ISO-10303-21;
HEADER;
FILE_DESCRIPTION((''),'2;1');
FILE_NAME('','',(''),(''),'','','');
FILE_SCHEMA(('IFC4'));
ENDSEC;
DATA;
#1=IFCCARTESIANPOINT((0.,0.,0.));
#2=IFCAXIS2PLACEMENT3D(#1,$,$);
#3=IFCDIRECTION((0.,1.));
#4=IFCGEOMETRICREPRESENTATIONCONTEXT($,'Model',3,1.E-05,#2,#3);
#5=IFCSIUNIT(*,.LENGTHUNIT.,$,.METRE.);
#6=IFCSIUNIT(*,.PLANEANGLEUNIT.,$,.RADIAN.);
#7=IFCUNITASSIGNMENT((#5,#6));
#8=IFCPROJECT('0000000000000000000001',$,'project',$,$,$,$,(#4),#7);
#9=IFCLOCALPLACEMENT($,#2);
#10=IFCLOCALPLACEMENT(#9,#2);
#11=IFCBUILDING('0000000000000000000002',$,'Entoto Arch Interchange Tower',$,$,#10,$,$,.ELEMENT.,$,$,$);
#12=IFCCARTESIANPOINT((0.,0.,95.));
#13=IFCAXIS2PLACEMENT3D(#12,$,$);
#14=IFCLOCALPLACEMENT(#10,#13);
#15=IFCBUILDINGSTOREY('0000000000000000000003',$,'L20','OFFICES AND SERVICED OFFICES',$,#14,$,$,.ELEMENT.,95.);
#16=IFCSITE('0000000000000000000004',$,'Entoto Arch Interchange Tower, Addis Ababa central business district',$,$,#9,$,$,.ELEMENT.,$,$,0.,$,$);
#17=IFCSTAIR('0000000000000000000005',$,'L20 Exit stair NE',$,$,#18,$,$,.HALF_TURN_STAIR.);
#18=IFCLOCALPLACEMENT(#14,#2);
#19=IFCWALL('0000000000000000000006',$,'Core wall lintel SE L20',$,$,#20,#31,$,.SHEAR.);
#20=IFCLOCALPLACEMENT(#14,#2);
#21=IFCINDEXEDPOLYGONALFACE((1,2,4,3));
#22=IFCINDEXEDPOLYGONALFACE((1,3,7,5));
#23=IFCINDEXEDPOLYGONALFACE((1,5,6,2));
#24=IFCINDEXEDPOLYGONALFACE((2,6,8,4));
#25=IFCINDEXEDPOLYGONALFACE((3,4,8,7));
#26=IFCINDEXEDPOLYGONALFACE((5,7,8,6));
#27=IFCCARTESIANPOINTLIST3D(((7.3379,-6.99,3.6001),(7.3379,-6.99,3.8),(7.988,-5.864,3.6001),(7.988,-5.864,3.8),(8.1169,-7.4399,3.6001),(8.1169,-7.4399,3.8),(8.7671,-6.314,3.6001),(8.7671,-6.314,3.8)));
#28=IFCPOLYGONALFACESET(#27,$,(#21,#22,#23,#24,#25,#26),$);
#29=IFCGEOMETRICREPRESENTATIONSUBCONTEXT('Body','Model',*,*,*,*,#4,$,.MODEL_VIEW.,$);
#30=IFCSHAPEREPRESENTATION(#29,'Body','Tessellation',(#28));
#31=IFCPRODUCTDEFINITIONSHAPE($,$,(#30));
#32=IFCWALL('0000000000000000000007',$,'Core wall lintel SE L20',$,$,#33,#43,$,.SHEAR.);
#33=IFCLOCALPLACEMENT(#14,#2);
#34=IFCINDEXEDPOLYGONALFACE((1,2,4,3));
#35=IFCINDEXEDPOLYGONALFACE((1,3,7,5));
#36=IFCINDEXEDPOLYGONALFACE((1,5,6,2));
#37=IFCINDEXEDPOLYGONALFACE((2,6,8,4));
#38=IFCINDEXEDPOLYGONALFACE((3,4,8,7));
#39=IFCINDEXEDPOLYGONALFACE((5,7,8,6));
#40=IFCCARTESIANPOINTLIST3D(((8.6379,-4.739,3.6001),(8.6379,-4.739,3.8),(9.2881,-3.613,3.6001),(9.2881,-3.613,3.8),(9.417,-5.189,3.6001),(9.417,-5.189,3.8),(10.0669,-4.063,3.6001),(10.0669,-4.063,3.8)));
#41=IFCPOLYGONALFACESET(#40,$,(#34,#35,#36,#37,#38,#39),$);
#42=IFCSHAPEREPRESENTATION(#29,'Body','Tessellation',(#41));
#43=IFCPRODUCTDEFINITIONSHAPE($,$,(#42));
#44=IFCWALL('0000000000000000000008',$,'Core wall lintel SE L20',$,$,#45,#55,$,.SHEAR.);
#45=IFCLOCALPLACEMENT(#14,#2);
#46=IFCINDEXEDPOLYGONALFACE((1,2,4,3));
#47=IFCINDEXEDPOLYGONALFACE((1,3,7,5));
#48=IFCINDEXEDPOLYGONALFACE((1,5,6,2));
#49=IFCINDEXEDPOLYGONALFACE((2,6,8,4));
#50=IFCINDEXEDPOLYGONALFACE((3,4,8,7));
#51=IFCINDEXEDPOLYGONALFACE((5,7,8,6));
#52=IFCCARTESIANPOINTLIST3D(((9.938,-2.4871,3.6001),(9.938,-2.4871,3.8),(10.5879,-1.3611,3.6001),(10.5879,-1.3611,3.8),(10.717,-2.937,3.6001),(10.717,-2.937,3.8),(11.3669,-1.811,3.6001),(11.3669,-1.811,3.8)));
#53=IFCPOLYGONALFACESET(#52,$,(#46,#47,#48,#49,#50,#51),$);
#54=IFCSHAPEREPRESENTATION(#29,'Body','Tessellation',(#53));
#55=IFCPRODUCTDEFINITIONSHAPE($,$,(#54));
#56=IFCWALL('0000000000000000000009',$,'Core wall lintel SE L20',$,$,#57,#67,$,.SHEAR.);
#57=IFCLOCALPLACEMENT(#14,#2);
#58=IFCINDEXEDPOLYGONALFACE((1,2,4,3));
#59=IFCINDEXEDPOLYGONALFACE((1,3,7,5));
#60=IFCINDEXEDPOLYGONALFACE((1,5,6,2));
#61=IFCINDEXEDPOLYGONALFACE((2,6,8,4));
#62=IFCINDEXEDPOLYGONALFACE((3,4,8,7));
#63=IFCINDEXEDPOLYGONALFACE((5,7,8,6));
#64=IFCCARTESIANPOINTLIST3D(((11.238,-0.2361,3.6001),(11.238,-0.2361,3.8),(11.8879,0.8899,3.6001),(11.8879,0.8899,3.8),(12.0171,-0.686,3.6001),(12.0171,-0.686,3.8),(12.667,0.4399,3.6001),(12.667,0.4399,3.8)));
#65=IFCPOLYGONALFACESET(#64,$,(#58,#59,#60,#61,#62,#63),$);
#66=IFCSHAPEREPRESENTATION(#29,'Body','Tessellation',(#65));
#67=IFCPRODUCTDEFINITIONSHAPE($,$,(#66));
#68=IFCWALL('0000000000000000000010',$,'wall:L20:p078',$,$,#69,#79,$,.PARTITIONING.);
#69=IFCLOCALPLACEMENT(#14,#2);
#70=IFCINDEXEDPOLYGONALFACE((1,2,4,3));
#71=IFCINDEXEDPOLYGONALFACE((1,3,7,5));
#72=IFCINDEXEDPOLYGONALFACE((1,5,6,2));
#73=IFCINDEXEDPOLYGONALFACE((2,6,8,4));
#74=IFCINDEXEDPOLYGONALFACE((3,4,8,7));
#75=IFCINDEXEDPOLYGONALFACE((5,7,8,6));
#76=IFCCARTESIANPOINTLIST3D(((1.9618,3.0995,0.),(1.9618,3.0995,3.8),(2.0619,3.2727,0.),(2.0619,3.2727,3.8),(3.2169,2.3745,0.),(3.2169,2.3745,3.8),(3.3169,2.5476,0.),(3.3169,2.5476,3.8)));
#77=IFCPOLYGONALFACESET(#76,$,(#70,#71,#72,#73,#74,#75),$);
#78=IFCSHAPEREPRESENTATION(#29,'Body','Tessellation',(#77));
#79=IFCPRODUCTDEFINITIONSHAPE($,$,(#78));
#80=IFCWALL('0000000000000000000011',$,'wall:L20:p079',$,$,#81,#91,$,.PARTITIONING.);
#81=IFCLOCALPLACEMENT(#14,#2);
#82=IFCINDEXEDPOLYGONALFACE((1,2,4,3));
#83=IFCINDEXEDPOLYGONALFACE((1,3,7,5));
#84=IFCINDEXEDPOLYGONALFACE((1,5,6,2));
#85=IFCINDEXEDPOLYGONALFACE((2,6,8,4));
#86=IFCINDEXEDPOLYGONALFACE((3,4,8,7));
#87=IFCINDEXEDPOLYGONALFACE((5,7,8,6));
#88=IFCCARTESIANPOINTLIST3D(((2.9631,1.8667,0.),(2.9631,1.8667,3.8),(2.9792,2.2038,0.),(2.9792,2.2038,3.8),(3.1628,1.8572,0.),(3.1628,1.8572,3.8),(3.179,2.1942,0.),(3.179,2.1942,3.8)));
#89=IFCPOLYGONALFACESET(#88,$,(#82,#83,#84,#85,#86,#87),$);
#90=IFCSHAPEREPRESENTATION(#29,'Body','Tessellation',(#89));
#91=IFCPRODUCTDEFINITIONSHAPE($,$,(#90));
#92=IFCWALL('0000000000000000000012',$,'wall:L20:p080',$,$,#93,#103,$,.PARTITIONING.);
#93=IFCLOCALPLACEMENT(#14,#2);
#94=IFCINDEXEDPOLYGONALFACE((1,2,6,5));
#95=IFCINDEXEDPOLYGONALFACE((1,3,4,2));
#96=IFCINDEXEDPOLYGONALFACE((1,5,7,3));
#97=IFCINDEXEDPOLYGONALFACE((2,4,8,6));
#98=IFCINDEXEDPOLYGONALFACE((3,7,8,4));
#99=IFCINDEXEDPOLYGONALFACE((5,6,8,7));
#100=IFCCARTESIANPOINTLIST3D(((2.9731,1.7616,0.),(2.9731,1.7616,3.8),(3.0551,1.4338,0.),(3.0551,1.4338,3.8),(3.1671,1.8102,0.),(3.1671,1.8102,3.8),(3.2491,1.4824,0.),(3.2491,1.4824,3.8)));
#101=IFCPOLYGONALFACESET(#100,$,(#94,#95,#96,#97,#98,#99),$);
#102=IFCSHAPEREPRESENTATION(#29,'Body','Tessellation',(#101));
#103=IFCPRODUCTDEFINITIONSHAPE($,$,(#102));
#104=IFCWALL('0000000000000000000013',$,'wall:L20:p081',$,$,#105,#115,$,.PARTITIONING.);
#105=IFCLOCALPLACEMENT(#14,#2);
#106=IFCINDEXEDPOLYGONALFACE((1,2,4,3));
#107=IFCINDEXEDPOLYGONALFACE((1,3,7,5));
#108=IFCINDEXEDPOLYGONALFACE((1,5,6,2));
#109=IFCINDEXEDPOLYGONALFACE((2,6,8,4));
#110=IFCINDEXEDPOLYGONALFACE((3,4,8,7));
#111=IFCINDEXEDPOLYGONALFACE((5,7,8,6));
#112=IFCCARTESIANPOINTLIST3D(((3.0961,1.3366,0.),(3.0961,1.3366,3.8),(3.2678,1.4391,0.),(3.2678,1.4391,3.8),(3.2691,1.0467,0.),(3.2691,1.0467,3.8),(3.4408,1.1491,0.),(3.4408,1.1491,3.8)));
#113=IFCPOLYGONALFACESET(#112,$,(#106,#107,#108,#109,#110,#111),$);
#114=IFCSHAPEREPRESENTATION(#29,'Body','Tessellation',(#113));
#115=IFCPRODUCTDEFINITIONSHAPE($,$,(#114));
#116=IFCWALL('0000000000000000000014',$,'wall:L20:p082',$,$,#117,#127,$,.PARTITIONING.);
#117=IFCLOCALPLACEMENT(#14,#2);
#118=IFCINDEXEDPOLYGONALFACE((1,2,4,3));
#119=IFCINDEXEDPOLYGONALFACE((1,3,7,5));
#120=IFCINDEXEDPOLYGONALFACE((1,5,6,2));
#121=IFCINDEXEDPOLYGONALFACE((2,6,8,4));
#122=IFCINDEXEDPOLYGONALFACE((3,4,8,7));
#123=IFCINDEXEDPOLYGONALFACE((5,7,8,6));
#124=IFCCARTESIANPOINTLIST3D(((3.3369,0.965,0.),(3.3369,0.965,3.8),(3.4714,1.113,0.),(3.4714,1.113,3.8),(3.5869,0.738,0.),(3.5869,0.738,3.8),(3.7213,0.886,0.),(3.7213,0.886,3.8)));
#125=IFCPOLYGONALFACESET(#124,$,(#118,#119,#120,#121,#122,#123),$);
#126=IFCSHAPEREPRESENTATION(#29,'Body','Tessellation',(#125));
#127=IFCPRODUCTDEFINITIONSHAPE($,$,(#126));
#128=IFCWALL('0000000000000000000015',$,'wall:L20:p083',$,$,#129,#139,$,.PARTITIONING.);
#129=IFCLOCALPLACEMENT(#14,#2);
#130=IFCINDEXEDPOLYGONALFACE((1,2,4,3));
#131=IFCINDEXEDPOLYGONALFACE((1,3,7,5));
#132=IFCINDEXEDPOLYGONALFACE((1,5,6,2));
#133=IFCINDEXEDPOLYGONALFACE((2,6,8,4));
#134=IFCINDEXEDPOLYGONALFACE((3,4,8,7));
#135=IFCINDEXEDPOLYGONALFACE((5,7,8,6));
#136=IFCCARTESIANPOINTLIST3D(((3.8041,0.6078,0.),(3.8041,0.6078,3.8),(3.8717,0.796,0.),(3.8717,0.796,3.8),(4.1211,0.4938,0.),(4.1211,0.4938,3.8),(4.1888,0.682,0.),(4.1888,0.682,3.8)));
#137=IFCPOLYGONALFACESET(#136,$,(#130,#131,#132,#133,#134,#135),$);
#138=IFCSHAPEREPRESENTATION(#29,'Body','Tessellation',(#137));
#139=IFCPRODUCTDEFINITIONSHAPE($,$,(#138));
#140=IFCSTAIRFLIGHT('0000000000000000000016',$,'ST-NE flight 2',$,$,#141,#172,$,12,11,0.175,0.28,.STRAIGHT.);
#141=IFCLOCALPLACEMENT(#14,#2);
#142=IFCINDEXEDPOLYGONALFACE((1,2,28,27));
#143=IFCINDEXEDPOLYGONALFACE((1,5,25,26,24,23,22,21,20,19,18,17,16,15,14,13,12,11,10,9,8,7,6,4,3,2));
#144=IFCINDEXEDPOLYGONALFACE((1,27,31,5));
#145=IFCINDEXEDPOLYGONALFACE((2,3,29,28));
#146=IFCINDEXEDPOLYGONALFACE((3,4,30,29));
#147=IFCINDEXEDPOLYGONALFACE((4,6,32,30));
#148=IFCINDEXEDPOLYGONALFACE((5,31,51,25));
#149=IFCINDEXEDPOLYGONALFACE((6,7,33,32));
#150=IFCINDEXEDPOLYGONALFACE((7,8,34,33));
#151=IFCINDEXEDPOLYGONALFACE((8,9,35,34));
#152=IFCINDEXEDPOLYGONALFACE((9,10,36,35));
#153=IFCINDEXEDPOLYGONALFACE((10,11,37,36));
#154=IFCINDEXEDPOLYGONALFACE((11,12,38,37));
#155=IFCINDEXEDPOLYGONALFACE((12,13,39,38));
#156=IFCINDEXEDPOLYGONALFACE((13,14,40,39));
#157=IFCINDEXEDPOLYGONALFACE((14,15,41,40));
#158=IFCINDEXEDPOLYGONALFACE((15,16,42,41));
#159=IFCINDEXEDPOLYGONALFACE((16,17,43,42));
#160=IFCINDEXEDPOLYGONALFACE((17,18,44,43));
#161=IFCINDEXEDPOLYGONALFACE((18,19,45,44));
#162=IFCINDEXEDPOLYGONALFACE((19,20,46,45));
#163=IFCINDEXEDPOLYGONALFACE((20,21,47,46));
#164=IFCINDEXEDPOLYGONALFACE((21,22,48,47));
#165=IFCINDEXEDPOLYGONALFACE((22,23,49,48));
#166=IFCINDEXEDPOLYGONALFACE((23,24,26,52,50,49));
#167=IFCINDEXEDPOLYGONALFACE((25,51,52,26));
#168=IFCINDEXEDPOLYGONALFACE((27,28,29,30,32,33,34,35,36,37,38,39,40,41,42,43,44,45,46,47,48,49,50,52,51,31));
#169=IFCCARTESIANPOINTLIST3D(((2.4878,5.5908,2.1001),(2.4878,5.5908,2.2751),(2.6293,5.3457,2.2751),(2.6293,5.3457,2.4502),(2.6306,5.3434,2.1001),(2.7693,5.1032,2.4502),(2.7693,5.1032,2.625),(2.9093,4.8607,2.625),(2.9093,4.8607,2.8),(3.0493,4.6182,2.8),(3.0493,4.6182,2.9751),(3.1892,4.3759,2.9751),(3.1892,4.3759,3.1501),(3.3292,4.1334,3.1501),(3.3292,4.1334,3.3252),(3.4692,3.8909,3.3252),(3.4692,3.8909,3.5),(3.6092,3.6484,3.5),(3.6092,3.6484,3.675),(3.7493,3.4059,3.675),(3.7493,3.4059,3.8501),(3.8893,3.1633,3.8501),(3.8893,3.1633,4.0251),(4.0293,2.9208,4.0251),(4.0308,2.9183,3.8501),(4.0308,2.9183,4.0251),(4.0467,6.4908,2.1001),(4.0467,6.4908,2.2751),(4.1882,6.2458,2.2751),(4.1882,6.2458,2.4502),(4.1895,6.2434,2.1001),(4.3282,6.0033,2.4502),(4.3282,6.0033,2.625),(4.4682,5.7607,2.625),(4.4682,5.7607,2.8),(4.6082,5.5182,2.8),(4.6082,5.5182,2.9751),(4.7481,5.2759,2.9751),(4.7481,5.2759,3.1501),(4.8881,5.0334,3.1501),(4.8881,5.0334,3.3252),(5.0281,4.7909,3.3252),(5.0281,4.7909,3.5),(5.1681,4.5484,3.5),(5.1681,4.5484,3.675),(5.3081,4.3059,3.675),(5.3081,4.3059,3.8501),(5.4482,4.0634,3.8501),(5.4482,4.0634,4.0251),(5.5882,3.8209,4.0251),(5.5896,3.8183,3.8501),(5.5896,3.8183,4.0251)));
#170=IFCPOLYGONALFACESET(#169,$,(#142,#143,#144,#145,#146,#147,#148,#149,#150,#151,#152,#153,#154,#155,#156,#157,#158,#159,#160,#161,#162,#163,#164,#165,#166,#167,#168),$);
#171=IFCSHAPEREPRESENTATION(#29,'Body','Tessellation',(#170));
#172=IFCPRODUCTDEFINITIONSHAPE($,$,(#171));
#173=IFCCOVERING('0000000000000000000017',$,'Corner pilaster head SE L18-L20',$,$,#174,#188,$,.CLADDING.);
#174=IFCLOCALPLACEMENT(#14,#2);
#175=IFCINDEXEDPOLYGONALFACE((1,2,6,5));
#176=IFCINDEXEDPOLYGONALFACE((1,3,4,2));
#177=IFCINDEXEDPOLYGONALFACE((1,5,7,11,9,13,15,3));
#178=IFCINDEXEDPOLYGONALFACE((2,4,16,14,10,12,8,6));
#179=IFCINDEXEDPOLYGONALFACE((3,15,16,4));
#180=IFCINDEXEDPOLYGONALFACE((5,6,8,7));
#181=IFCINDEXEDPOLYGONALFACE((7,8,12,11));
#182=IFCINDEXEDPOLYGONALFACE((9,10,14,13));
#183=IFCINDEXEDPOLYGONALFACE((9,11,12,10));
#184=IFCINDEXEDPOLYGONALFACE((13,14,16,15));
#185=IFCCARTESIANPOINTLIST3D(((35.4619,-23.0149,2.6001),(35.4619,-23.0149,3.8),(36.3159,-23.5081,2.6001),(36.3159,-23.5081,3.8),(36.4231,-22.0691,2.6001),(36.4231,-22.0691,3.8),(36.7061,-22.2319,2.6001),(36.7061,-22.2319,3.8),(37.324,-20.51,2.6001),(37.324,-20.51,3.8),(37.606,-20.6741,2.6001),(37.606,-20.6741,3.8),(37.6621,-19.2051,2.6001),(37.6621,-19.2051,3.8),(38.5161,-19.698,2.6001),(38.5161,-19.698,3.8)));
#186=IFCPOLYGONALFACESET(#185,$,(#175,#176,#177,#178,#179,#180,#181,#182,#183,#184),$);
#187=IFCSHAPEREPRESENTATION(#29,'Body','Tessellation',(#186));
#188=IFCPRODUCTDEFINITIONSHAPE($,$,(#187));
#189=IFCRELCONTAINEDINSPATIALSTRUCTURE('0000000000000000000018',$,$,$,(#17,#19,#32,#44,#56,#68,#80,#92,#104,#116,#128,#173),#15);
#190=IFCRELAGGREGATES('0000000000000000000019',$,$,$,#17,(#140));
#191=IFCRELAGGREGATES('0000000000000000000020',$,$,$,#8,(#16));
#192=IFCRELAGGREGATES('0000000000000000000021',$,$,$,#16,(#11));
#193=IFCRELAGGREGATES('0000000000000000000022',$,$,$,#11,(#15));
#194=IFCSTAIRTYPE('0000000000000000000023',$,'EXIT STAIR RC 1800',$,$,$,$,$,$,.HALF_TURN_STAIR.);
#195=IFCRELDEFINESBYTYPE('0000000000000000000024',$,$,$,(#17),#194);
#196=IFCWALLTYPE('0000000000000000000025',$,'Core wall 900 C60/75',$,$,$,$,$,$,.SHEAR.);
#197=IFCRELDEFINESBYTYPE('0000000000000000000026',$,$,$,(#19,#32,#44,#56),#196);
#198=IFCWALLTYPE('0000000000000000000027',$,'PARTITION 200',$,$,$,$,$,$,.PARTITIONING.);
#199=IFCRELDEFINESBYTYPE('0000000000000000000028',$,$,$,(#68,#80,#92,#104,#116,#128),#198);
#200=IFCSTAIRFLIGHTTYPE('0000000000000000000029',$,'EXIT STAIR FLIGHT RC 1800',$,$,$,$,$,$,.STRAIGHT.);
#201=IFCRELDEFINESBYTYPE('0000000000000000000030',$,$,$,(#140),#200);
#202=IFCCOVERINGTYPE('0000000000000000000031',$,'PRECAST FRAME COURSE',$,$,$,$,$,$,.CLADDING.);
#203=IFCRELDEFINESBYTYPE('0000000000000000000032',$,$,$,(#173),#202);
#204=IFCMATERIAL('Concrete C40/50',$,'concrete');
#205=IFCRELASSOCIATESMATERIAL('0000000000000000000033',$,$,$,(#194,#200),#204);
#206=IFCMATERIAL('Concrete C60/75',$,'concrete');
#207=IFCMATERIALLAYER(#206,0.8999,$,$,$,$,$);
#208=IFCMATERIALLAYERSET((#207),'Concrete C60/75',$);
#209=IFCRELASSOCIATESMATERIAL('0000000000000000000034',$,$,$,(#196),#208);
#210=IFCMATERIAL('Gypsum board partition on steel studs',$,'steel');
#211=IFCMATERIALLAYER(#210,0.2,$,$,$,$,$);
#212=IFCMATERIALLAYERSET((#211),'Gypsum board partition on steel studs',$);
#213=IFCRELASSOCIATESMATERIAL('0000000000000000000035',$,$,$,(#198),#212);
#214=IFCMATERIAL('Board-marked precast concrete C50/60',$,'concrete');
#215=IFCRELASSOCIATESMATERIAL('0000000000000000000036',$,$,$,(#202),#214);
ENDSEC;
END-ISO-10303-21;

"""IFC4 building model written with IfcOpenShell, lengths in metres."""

from ifc_helpers import new_model, si_unit, direction, frame, frame_2d, origin, place, context, subcontext, project, spatial, polyline, rectangle, outline, extrude, material, layer, layer_set, type_object, element, aggregate, save


model = new_model("IFC4")

# Units and contexts
model_context = context("Model", 3, precision=1e-05, world=origin(), true_north=direction((0.0, 1.0)))
body_context = subcontext(model_context, "Body", "Model", "MODEL_VIEW")
ifc_project = project(units=[si_unit("LENGTHUNIT", "METRE"), si_unit("PLANEANGLEUNIT", "RADIAN")], contexts=[model_context])

# Site, building, storey
site_placement = place(None, origin())
site = spatial("IfcSite", under=ifc_project, at=site_placement, Name="Entoto Arch Interchange Tower, Addis Ababa central business district", CompositionType="ELEMENT", RefElevation=0.0)
building_placement = place(site_placement, origin())
building = spatial("IfcBuilding", under=site, at=building_placement, Name="Entoto Arch Interchange Tower", CompositionType="ELEMENT")
storey_placement = place(building_placement, frame((0.0, 0.0, 95.0)))
storey = spatial("IfcBuildingStorey", under=building, at=storey_placement, Name="L20", Description="OFFICES AND SERVICED OFFICES", CompositionType="ELEMENT", Elevation=95.0)

# Shared definitions
ifc_material_1 = material(Name="Board-marked precast concrete C50/60", Category="concrete")
ifc_material_2 = material(Name="Concrete C40/50", Category="concrete")

# Stair
stair_type = type_object("IfcStairType", Name="EXIT STAIR RC 1800", PredefinedType="HALF_TURN_STAIR", material=ifc_material_2)
stair_1_placement = place(storey_placement, origin())
stair_1 = element("IfcStair", 1, at=stair_1_placement, inside=storey, type_object=stair_type, Name="L20 Exit stair NE", PredefinedType="HALF_TURN_STAIR")

# Walls
ifc_material_3 = material(Name="Concrete C60/75", Category="concrete")
ifc_layer_1 = layer(ifc_material_3, 0.8999)
ifc_layer_set_1 = layer_set([ifc_layer_1], Name="Concrete C60/75")
wall_type_1 = type_object("IfcWallType", Name="Core wall 900 C60/75", PredefinedType="SHEAR", material=ifc_layer_set_1)
wall_1_placement = place(storey_placement, frame((0.0, 0.0, 3.6001)))
element("IfcWall", 2, at=wall_1_placement, inside=storey, type_object=wall_type_1, Name="Core wall lintel SE L20", PredefinedType="SHEAR", context=body_context, shape_type="SweptSolid", body=[
    extrude(outline(polyline([(8.7671, -6.314), (7.988, -5.864), (7.3379, -6.99), (8.1169, -7.4399), (8.7671, -6.314)])), origin(), (0.0, 0.0, 1.0), 0.2),
])
wall_2_placement = place(storey_placement, frame((0.0, 0.0, 3.6001)))
element("IfcWall", 3, at=wall_2_placement, inside=storey, type_object=wall_type_1, Name="Core wall lintel SE L20", PredefinedType="SHEAR", context=body_context, shape_type="SweptSolid", body=[
    extrude(outline(polyline([(10.0669, -4.063), (9.2881, -3.613), (8.6379, -4.739), (9.417, -5.189), (10.0669, -4.063)])), origin(), (0.0, 0.0, 1.0), 0.2),
])
wall_3_placement = place(storey_placement, frame((0.0, 0.0, 3.6001)))
element("IfcWall", 4, at=wall_3_placement, inside=storey, type_object=wall_type_1, Name="Core wall lintel SE L20", PredefinedType="SHEAR", context=body_context, shape_type="SweptSolid", body=[
    extrude(outline(polyline([(11.3669, -1.811), (10.5879, -1.3611), (9.938, -2.4871), (10.717, -2.937), (11.3669, -1.811)])), origin(), (0.0, 0.0, 1.0), 0.2),
])
wall_4_placement = place(storey_placement, frame((0.0, 0.0, 3.6001)))
element("IfcWall", 5, at=wall_4_placement, inside=storey, type_object=wall_type_1, Name="Core wall lintel SE L20", PredefinedType="SHEAR", context=body_context, shape_type="SweptSolid", body=[
    extrude(outline(polyline([(12.667, 0.4399), (11.8879, 0.8899), (11.238, -0.2361), (12.0171, -0.686), (12.667, 0.4399)])), origin(), (0.0, 0.0, 1.0), 0.2),
])
ifc_material_4 = material(Name="Gypsum board partition on steel studs", Category="steel")
ifc_layer_2 = layer(ifc_material_4, 0.2)
ifc_layer_set_2 = layer_set([ifc_layer_2], Name="Gypsum board partition on steel studs")
wall_type_2 = type_object("IfcWallType", Name="PARTITION 200", PredefinedType="PARTITIONING", material=ifc_layer_set_2)
wall_5_placement = place(storey_placement, frame((2.012, 3.186, 0.0), z_axis=(0.0, 0.0, 1.0), x_axis=(0.865891, -0.500233, 0.0)))
element("IfcWall", 6, at=wall_5_placement, inside=storey, type_object=wall_type_2, Name="wall:L20:p078", PredefinedType="PARTITIONING", context=body_context, shape_type="SweptSolid", body=[
    extrude(rectangle(XDim=1.4495, YDim=0.2, at=frame_2d((0.7246, 0.0))), origin(), (0.0, 0.0, 1.0), 3.8),
])
wall_6_placement = place(storey_placement, frame((3.0791, 2.199, 0.0), z_axis=(0.0, 0.0, 1.0), x_axis=(-0.047771, -0.998858, 0.0)))
element("IfcWall", 7, at=wall_6_placement, inside=storey, type_object=wall_type_2, Name="wall:L20:p079", PredefinedType="PARTITIONING", context=body_context, shape_type="SweptSolid", body=[
    extrude(rectangle(XDim=0.3374, YDim=0.2, at=frame_2d((0.1687, 0.0))), origin(), (0.0, 0.0, 1.0), 3.8),
])
wall_7_placement = place(storey_placement, frame((3.0701, 1.7859, 0.0), z_axis=(0.0, 0.0, 1.0), x_axis=(0.242706, -0.9701, 0.0)))
element("IfcWall", 8, at=wall_7_placement, inside=storey, type_object=wall_type_2, Name="wall:L20:p080", PredefinedType="PARTITIONING", context=body_context, shape_type="SweptSolid", body=[
    extrude(rectangle(XDim=0.3379, YDim=0.2, at=frame_2d((0.1689, 0.0))), origin(), (0.0, 0.0, 1.0), 3.8),
])
for number, where, z_axis, x_axis, name in (
    (9, (3.1819, 1.3879, 0.0), (0.0, 0.0, 1.0), (0.512475, -0.858702, 0.0), "wall:L20:p081"),
    (10, (3.4041, 1.0391, 0.0), (0.0, 0.0, 1.0), (0.740267, -0.672313, 0.0), "wall:L20:p082"),
):
    element("IfcWall", number, at=place(storey_placement, frame(where, z_axis=z_axis, x_axis=x_axis)), inside=storey, type_object=wall_type_2, Name=name, PredefinedType="PARTITIONING", context=body_context, shape_type="SweptSolid", body=[
        extrude(rectangle(XDim=0.3376, YDim=0.2, at=frame_2d((0.1689, 0.0))), origin(), (0.0, 0.0, 1.0), 3.8),
    ])
wall_8_placement = place(storey_placement, frame((3.8379, 0.7019, 0.0), z_axis=(0.0, 0.0, 1.0), x_axis=(0.941035, -0.338309, 0.0)))
element("IfcWall", 11, at=wall_8_placement, inside=storey, type_object=wall_type_2, Name="wall:L20:p083", PredefinedType="PARTITIONING", context=body_context, shape_type="SweptSolid", body=[
    extrude(rectangle(XDim=0.3369, YDim=0.2, at=frame_2d((0.1685, 0.0))), origin(), (0.0, 0.0, 1.0), 3.8),
])

# Stair flight
stair_flight_type = type_object("IfcStairFlightType", Name="EXIT STAIR FLIGHT RC 1800", PredefinedType="STRAIGHT", material=ifc_material_2)
stair_flight_placement = place(storey_placement, frame((3.2688, 6.0383, 2.1001), z_axis=(0.0, 0.0, 1.0), x_axis=(0.5, -0.866025, 0.0)))
stair_flight = element("IfcStairFlight", 12, at=stair_flight_placement, type_object=stair_flight_type, Name="ST-NE flight 2", NumberOfRisers=12, NumberOfTreads=11, PredefinedType="STRAIGHT", RiserHeight=0.175, TreadLength=0.28, context=body_context, shape_type="SweptSolid", body=[
    extrude(outline(polyline([(-0.0029, 0.0), (-0.0029, 0.175), (0.28, 0.175), (0.28, 0.3501), (0.5601, 0.3501), (0.5601, 0.5249), (0.8401, 0.5249), (0.8401, 0.7), (1.1201, 0.7), (1.1201, 0.875), (1.3999, 0.875), (1.3999, 1.05), (1.6799, 1.05), (1.6799, 1.2251), (1.96, 1.2251), (1.96, 1.3999), (2.24, 1.3999), (2.24, 1.575), (2.52, 1.575), (2.52, 1.75), (2.8, 1.75), (2.8, 1.925), (3.0801, 1.925), (3.083, 1.925), (3.083, 1.75), (0.2827, 0.0), (-0.0029, 0.0)])), frame((0.0, 0.8999, 0.0), z_axis=(0.0, -1.0, 0.0), x_axis=(1.0, 0.0, 0.0)), (0.0, 0.0, 1.0), 1.8),
])
aggregate(stair_1, [stair_flight])

# Covering
covering_type = type_object("IfcCoveringType", Name="PRECAST FRAME COURSE", PredefinedType="CLADDING", material=ifc_material_1)
covering_1_placement = place(storey_placement, frame((0.0, 0.0, 2.6001)))
element("IfcCovering", 13, at=covering_1_placement, inside=storey, type_object=covering_type, Name="Corner pilaster head SE L18-L20", PredefinedType="CLADDING", context=body_context, shape_type="SweptSolid", body=[
    extrude(outline(polyline([(38.5161, -19.698), (36.3159, -23.5081), (35.4619, -23.0149), (36.4231, -22.0691), (36.7061, -22.2319), (37.606, -20.6741), (37.324, -20.51), (37.6621, -19.2051), (38.5161, -19.698)])), origin(), (0.0, 0.0, 1.0), 1.2),
])

save(model, "model.ifc")
